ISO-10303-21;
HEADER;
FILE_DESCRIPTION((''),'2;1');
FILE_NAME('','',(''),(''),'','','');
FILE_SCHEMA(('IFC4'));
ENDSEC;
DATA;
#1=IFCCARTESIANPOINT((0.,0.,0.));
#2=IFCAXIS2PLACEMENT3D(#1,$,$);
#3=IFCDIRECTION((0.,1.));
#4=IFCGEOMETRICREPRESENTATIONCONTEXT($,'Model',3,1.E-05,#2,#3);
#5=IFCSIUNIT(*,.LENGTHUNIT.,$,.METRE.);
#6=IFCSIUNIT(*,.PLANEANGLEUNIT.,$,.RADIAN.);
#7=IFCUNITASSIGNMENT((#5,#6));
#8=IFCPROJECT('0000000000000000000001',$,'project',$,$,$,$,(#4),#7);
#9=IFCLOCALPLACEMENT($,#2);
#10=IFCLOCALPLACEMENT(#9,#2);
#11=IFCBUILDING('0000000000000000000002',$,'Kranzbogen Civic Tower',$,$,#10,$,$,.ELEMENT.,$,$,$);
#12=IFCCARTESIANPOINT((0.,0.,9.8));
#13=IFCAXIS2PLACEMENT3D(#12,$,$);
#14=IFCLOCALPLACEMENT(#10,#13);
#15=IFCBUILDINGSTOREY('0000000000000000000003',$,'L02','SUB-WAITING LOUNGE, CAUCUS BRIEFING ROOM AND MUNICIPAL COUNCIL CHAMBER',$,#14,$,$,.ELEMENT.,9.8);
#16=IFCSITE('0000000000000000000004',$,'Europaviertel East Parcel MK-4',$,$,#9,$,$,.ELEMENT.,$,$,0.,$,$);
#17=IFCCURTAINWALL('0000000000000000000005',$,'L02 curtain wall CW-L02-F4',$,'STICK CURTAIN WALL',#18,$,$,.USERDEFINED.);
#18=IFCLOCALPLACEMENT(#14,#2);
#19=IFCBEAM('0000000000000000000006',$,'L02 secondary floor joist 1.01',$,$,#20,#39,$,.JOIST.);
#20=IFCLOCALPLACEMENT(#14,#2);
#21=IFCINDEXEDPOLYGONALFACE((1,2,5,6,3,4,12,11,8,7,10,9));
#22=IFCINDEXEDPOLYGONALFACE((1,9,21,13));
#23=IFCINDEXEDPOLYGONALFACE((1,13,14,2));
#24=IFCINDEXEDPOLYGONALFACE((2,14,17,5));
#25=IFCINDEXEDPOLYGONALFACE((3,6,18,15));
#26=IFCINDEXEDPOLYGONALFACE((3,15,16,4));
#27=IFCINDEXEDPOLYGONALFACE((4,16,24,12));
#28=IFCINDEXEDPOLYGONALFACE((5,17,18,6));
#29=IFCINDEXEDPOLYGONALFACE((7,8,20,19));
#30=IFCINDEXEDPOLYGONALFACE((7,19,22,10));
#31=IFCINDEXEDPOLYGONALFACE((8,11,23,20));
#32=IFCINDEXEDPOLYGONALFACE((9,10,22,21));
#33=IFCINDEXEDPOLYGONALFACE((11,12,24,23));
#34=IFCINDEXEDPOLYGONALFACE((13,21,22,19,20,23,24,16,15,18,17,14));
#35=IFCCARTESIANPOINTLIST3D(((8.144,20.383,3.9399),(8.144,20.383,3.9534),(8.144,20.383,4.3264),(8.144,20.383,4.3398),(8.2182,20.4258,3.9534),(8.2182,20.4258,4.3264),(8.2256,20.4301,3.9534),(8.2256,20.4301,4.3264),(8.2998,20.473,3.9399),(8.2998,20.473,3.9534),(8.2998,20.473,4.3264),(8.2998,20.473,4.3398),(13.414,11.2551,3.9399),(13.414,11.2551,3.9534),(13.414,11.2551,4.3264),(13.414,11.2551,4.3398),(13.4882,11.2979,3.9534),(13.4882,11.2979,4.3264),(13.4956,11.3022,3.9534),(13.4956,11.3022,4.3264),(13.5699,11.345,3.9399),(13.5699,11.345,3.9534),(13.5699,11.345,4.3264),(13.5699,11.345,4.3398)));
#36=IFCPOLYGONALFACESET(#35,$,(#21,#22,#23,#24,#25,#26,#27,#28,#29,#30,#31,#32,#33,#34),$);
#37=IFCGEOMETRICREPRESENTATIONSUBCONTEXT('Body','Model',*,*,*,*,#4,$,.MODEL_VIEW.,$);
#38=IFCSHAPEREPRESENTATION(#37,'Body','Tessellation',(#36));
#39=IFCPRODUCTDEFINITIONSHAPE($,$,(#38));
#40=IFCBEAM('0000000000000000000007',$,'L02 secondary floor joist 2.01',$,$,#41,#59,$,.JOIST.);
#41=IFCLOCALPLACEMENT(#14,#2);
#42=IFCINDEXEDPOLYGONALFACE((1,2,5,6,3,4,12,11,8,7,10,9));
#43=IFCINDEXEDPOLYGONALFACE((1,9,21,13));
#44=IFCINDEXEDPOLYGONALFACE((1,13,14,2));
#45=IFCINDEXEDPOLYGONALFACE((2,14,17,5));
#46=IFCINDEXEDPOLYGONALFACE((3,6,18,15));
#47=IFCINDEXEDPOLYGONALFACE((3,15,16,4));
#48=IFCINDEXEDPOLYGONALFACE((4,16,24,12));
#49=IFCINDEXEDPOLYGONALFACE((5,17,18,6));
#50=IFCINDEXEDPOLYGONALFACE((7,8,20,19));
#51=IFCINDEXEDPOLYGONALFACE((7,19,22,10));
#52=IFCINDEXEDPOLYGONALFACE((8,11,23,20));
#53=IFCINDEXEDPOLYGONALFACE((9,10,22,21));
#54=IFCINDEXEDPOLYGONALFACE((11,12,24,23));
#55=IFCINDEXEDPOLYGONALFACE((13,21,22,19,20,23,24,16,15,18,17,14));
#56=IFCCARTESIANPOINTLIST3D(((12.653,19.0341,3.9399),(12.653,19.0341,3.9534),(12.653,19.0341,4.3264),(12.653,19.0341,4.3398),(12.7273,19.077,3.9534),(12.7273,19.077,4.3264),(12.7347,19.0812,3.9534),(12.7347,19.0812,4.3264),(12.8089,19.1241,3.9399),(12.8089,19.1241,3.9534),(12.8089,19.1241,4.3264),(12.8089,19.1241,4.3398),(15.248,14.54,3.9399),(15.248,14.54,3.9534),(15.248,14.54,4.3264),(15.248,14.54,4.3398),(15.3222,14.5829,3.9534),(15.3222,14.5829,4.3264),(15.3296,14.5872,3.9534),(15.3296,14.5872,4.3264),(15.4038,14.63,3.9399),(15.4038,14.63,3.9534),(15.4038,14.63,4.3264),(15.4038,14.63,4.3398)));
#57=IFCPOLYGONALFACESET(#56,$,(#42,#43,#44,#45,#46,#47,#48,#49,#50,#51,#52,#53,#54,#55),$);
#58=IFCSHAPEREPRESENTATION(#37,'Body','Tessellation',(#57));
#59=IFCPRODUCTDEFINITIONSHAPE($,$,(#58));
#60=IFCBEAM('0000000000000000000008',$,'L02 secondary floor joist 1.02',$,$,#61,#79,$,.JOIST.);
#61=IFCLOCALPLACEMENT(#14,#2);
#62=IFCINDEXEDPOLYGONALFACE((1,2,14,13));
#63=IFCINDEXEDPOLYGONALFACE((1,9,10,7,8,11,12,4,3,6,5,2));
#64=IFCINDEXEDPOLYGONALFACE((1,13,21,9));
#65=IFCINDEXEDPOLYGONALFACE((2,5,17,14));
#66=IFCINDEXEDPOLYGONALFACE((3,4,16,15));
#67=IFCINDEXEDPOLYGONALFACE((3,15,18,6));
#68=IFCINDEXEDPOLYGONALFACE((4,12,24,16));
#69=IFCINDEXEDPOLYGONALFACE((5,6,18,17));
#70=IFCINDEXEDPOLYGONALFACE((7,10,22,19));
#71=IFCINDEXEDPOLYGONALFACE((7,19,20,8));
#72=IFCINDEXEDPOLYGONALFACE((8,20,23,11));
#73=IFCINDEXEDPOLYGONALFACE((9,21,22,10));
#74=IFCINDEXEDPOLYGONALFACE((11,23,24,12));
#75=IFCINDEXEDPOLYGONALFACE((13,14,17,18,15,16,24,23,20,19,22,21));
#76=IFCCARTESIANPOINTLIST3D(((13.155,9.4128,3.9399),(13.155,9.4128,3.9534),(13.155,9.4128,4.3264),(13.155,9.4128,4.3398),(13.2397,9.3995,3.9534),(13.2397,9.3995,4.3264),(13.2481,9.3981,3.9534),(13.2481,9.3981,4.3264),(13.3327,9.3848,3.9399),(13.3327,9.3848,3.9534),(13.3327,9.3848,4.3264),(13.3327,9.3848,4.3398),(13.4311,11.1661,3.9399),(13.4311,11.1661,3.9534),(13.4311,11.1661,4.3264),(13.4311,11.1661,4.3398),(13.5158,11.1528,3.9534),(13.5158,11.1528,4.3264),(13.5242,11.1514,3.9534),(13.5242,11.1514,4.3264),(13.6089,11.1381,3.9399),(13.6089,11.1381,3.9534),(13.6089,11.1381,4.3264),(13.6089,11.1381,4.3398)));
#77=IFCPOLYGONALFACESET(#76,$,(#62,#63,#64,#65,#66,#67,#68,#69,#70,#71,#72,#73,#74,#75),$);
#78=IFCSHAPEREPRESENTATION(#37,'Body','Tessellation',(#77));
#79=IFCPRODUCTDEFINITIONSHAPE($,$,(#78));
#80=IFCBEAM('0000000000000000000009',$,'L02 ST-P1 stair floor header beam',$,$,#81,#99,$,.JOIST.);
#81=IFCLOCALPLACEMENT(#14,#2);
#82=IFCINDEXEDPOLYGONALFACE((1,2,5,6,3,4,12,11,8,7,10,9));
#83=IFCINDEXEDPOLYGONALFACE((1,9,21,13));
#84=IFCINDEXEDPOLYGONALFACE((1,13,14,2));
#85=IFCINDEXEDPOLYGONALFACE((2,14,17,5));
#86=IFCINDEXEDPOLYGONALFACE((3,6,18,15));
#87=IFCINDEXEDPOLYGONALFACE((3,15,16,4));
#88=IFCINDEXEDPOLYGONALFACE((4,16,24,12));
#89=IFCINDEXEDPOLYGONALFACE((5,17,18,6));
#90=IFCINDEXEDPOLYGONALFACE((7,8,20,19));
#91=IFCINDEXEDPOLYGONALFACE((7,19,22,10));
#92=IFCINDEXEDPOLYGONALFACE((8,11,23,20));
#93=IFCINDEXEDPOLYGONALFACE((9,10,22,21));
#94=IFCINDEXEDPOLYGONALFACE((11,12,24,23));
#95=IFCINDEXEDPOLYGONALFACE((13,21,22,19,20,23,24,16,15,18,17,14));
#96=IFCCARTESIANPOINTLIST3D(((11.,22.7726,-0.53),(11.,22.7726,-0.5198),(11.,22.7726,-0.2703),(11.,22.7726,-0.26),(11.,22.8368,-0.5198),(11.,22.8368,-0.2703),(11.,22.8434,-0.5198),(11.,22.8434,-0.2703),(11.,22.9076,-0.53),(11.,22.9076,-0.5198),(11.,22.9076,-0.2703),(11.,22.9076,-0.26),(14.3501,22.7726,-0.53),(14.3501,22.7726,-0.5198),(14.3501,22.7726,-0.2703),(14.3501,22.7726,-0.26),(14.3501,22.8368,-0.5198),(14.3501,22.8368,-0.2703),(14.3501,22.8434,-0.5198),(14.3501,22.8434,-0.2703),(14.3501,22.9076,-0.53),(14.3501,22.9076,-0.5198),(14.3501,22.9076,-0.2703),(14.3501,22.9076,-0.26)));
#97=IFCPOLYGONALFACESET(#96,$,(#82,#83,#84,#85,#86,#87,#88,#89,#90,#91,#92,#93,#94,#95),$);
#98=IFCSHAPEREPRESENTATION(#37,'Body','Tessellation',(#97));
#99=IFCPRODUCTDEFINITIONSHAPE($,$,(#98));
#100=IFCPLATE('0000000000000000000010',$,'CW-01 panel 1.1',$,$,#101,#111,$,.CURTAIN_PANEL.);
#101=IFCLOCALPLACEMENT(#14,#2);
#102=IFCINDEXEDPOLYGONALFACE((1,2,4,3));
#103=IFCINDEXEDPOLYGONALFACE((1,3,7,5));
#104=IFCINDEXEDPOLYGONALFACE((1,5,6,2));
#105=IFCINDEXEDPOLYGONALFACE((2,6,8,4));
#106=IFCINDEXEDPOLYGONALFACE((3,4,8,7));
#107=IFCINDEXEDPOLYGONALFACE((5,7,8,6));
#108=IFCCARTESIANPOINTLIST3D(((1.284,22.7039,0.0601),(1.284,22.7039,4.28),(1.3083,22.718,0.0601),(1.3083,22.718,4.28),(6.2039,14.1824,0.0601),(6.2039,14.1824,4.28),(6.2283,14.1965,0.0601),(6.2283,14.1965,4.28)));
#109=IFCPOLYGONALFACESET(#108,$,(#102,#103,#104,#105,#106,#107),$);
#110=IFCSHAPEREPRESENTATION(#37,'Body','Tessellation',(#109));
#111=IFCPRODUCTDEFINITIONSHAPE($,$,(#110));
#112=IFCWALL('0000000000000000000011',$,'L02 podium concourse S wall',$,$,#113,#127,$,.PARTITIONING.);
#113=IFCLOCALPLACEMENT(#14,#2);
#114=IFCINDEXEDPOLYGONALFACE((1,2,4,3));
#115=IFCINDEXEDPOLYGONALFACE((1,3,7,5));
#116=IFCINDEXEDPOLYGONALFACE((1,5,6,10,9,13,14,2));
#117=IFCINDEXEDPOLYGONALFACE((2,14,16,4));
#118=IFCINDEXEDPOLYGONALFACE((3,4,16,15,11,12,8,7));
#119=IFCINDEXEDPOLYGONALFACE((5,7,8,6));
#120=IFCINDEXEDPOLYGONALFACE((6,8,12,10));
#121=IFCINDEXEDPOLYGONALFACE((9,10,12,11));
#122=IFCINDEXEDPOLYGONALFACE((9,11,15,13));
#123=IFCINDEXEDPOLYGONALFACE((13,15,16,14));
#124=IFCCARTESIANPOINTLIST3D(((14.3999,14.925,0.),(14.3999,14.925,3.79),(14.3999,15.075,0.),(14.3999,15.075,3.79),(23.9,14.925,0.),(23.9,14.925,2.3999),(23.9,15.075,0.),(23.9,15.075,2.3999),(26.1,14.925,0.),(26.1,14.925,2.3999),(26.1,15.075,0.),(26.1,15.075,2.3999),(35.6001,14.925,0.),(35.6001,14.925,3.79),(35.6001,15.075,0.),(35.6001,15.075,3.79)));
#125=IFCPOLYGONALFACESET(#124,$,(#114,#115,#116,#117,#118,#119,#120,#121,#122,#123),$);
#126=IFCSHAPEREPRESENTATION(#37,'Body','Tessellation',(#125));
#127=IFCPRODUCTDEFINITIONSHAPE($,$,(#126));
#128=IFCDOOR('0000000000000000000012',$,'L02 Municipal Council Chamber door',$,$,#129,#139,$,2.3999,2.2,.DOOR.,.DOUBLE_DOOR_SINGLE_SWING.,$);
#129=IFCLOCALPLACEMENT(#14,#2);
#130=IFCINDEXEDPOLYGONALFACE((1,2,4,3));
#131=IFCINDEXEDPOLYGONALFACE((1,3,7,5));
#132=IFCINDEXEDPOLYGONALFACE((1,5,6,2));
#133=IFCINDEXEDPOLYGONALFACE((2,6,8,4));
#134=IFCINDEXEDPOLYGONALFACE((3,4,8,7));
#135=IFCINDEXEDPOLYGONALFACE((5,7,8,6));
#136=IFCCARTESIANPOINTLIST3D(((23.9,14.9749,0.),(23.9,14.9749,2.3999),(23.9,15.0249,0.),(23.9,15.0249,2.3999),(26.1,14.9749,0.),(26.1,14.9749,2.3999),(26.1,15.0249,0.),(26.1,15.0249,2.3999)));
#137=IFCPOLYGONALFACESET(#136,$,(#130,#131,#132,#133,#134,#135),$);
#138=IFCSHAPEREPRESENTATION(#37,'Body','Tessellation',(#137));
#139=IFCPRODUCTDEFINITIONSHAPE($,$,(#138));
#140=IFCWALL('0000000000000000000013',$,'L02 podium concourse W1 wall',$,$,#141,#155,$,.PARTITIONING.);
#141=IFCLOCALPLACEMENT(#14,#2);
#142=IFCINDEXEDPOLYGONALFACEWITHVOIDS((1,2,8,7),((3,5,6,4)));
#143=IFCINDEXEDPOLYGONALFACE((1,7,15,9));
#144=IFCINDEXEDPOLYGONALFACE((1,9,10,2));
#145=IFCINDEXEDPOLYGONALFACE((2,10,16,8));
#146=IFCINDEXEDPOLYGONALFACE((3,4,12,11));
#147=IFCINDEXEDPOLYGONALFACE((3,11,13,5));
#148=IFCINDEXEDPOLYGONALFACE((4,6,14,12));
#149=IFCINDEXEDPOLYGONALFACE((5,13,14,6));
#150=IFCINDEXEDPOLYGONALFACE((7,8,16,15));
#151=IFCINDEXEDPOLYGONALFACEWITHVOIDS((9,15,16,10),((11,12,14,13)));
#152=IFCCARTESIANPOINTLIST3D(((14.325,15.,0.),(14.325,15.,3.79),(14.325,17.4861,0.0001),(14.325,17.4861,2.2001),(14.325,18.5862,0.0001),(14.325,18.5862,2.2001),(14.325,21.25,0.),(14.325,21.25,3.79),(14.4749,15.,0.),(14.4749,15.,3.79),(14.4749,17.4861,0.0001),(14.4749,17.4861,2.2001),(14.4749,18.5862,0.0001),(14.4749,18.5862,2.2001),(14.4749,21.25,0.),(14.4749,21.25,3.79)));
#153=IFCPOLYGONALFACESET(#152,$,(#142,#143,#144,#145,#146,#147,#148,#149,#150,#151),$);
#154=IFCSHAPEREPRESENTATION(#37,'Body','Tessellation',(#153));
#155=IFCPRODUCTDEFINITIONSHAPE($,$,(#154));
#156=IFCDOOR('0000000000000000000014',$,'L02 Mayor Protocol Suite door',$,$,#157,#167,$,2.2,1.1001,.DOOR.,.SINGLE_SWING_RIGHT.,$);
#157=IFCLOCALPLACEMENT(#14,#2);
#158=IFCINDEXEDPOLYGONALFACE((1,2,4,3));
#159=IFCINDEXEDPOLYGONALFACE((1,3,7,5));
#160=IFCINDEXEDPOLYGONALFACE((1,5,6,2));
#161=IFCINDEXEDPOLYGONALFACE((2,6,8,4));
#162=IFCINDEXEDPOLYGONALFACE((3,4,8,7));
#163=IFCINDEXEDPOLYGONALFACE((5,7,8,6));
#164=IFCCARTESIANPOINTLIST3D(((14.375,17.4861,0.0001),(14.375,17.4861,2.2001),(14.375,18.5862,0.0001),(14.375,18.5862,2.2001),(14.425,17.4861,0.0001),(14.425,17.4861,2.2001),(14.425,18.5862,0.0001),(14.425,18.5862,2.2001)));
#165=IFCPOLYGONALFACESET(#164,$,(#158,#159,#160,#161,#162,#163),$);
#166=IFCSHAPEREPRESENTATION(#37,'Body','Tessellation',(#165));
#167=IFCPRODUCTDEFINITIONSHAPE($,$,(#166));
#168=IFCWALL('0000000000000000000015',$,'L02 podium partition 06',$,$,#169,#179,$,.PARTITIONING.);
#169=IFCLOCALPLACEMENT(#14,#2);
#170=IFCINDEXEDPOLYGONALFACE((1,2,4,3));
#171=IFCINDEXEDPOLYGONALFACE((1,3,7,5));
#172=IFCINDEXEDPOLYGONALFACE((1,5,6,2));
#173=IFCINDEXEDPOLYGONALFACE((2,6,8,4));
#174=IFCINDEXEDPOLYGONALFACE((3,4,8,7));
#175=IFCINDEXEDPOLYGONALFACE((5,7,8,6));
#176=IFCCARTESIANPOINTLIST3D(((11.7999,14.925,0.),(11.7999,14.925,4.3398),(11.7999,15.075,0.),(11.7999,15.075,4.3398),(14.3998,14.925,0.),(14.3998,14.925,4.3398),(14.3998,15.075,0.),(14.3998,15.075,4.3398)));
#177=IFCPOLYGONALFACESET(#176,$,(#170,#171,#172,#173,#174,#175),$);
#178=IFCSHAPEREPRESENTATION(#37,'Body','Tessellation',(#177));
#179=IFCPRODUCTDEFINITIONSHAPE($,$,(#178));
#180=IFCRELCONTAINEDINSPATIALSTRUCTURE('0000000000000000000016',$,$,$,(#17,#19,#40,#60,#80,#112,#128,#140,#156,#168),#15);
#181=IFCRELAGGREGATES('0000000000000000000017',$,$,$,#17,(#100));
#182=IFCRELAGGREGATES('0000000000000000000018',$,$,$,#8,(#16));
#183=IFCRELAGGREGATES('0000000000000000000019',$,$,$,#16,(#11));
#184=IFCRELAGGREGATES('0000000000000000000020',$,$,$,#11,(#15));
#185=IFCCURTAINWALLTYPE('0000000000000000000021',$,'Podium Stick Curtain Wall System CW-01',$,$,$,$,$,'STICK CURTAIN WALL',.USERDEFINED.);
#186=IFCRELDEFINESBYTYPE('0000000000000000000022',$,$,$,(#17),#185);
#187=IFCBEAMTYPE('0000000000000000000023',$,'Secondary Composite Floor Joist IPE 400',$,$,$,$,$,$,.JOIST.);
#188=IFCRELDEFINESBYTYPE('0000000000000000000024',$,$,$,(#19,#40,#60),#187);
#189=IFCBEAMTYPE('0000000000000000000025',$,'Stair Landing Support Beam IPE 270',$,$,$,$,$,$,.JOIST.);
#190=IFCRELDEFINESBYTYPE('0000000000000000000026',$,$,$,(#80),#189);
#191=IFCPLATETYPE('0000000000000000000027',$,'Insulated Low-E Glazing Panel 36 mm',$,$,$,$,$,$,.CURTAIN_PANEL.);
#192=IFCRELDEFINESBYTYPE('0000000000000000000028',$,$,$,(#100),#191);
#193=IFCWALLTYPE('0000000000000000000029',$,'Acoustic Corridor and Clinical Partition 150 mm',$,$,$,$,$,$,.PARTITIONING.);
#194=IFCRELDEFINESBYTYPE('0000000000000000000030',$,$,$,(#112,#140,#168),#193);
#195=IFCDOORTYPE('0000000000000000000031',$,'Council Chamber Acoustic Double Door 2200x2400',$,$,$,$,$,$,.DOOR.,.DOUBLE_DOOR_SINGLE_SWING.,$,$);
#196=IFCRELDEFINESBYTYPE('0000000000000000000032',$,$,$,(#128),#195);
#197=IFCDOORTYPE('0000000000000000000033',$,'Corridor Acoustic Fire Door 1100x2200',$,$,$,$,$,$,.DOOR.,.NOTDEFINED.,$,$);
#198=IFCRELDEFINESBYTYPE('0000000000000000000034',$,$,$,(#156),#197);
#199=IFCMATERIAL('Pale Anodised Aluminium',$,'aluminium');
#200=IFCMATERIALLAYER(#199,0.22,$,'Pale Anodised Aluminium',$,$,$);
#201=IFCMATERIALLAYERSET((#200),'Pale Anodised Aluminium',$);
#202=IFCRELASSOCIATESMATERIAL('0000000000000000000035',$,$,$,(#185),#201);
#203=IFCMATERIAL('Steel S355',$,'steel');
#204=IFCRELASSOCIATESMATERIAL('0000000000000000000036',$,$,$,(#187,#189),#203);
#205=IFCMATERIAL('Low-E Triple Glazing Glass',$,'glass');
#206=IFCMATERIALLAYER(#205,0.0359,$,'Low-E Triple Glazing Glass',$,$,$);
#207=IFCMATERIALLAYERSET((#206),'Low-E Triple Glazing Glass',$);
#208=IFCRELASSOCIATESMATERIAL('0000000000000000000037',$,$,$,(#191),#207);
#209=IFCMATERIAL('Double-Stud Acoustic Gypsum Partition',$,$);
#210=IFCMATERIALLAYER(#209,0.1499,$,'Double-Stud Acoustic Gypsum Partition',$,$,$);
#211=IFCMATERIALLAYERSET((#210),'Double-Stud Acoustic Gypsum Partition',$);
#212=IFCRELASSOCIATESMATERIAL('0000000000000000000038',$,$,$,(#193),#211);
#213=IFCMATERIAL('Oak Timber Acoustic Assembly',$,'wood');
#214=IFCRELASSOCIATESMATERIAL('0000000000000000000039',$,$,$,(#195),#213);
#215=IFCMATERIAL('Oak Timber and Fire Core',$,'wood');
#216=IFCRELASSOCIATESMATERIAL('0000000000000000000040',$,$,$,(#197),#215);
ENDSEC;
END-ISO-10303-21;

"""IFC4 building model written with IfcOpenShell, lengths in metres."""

from ifc_helpers import new_model, si_unit, direction, frame, frame_2d, origin, origin_2d, place, context, subcontext, project, spatial, rectangle, i_section, extrude, material, layer, layer_set, material_profile, profile_set, type_object, element, fill, aggregate, save


model = new_model("IFC4")

# Units and contexts
model_context = context("Model", 3, precision=1e-05, world=origin(), true_north=direction((0.0, 1.0)))
body_context = subcontext(model_context, "Body", "Model", "MODEL_VIEW")
ifc_project = project(units=[si_unit("LENGTHUNIT", "METRE"), si_unit("PLANEANGLEUNIT", "RADIAN")], contexts=[model_context])

# Site, building, storey
site_placement = place(None, origin())
site = spatial("IfcSite", under=ifc_project, at=site_placement, Name="Europaviertel East Parcel MK-4", CompositionType="ELEMENT", RefElevation=0.0)
building_placement = place(site_placement, origin())
building = spatial("IfcBuilding", under=site, at=building_placement, Name="Kranzbogen Civic Tower", CompositionType="ELEMENT")
storey_placement = place(building_placement, frame((0.0, 0.0, 9.8)))
storey = spatial("IfcBuildingStorey", under=building, at=storey_placement, Name="L02", Description="SUB-WAITING LOUNGE, CAUCUS BRIEFING ROOM AND MUNICIPAL COUNCIL CHAMBER", CompositionType="ELEMENT", Elevation=9.8)

# Shared definitions
ifc_material_1 = material(Name="Pale Anodised Aluminium", Category="aluminium")

# Curtain wall
ifc_layer_1 = layer(ifc_material_1, 0.22, Name="Pale Anodised Aluminium")
ifc_layer_set_1 = layer_set([ifc_layer_1], Name="Pale Anodised Aluminium")
curtain_wall_type_1 = type_object("IfcCurtainWallType", Name="Podium Stick Curtain Wall System CW-01", ElementType="STICK CURTAIN WALL", PredefinedType="USERDEFINED", material=ifc_layer_set_1)
curtain_wall_1_placement = place(storey_placement, origin())
curtain_wall_1 = element("IfcCurtainWall", 1, at=curtain_wall_1_placement, inside=storey, type_object=curtain_wall_type_1, Name="L02 curtain wall CW-L02-F4", ObjectType="STICK CURTAIN WALL", PredefinedType="USERDEFINED")

# Beams
ifc_material_2 = material(Name="Steel S355", Category="steel")
ifc_material_profile_1 = material_profile(ifc_material_2, i_section(OverallWidth=0.1799, OverallDepth=0.3999, WebThickness=0.0085, FlangeThickness=0.0134, at=origin_2d()), Name="IPE 400")
ifc_profile_set_1 = profile_set([ifc_material_profile_1], Name="Steel S355")
beam_type_1 = type_object("IfcBeamType", Name="Secondary Composite Floor Joist IPE 400", PredefinedType="JOIST", material=ifc_profile_set_1)
beam_1_placement = place(storey_placement, frame((8.2219, 20.428, 4.1399), z_axis=(0.5, -0.866025, 0.0), x_axis=(0.866025, 0.5, 0.0)))
element("IfcBeam", 2, at=beam_1_placement, inside=storey, type_object=beam_type_1, Name="L02 secondary floor joist 1.01", PredefinedType="JOIST", context=body_context, shape_type="SweptSolid", body=[
    extrude(i_section(OverallWidth=0.1799, OverallDepth=0.3999, WebThickness=0.0085, FlangeThickness=0.0134, at=origin_2d()), origin(), (0.0, 0.0, 1.0), 10.54),
])
beam_2_placement = place(storey_placement, frame((12.731, 19.0791, 4.1399), z_axis=(0.50004, -0.866002, 0.0), x_axis=(0.866002, 0.50004, 0.0)))
element("IfcBeam", 3, at=beam_2_placement, inside=storey, type_object=beam_type_1, Name="L02 secondary floor joist 2.01", PredefinedType="JOIST", context=body_context, shape_type="SweptSolid", body=[
    extrude(i_section(OverallWidth=0.1799, OverallDepth=0.3999, WebThickness=0.0085, FlangeThickness=0.0134, at=origin_2d()), origin(), (0.0, 0.0, 1.0), 5.1895),
])
beam_3_placement = place(storey_placement, frame((13.52, 11.1521, 4.1399), z_axis=(-0.155581, -0.987823, 0.0), x_axis=(0.987823, -0.155581, 0.0)))
element("IfcBeam", 4, at=beam_3_placement, inside=storey, type_object=beam_type_1, Name="L02 secondary floor joist 1.02", PredefinedType="JOIST", context=body_context, shape_type="SweptSolid", body=[
    extrude(i_section(OverallWidth=0.1799, OverallDepth=0.3999, WebThickness=0.0085, FlangeThickness=0.0134, at=origin_2d()), origin(), (0.0, 0.0, 1.0), 1.7749),
])
ifc_material_profile_2 = material_profile(ifc_material_2, i_section(OverallWidth=0.135, OverallDepth=0.27, WebThickness=0.0066, FlangeThickness=0.0103, at=origin_2d()), Name="IPE 270")
ifc_profile_set_2 = profile_set([ifc_material_profile_2], Name="Steel S355")
beam_type_2 = type_object("IfcBeamType", Name="Stair Landing Support Beam IPE 270", PredefinedType="JOIST", material=ifc_profile_set_2)
beam_4_placement = place(storey_placement, frame((14.3501, 22.8401, -0.395), z_axis=(-1.0, 0.0, 0.0), x_axis=(0.0, -1.0, 0.0)))
element("IfcBeam", 5, at=beam_4_placement, inside=storey, type_object=beam_type_2, Name="L02 ST-P1 stair floor header beam", PredefinedType="JOIST", context=body_context, shape_type="SweptSolid", body=[
    extrude(i_section(OverallWidth=0.135, OverallDepth=0.27, WebThickness=0.0066, FlangeThickness=0.0103, at=origin_2d()), origin(), (0.0, 0.0, 1.0), 3.3501),
])

# Plate
ifc_material_3 = material(Name="Low-E Triple Glazing Glass", Category="glass")
ifc_layer_2 = layer(ifc_material_3, 0.0359, Name="Low-E Triple Glazing Glass")
ifc_layer_set_2 = layer_set([ifc_layer_2], Name="Low-E Triple Glazing Glass")
plate_type = type_object("IfcPlateType", Name="Insulated Low-E Glazing Panel 36 mm", PredefinedType="CURTAIN_PANEL", material=ifc_layer_set_2)
plate_placement = place(storey_placement, frame((3.7561, 18.4502, 0.0601), z_axis=(0.0, 0.0, 1.0), x_axis=(0.500006, -0.866022, 0.0)))
plate = element("IfcPlate", 6, at=plate_placement, type_object=plate_type, Name="CW-01 panel 1.1", PredefinedType="CURTAIN_PANEL", context=body_context, shape_type="SweptSolid", body=[
    extrude(rectangle(XDim=9.8398, YDim=0.0281, at=origin_2d()), origin(), (0.0, 0.0, 1.0), 4.22),
])
aggregate(curtain_wall_1, [plate])

# Walls, openings, doors
ifc_material_4 = material(Name="Double-Stud Acoustic Gypsum Partition")
ifc_layer_3 = layer(ifc_material_4, 0.1499, Name="Double-Stud Acoustic Gypsum Partition")
ifc_layer_set_3 = layer_set([ifc_layer_3], Name="Double-Stud Acoustic Gypsum Partition")
wall_type_1 = type_object("IfcWallType", Name="Acoustic Corridor and Clinical Partition 150 mm", PredefinedType="PARTITIONING", material=ifc_layer_set_3)
wall_1_placement = place(storey_placement, frame((14.3999, 15.0, 0.0), z_axis=(0.0, 0.0, 1.0), x_axis=(1.0, 0.0, 0.0)))
wall_1 = element("IfcWall", 7, at=wall_1_placement, inside=storey, type_object=wall_type_1, Name="L02 podium concourse S wall", PredefinedType="PARTITIONING", context=body_context, shape_type="SweptSolid", body=[
    extrude(rectangle(XDim=21.2002, YDim=0.1499, at=frame_2d((10.6001, 0.0))), origin(), (0.0, 0.0, 1.0), 3.79),
])
opening_1_placement = place(wall_1_placement, frame((9.5, 0.0, 0.0)))
opening_1 = element("IfcOpeningElement", 8, at=opening_1_placement, cuts=wall_1, PredefinedType="OPENING", context=body_context, shape_type="SweptSolid", body=[
    extrude(rectangle(XDim=2.2, YDim=2.3999, at=frame_2d((1.1001, 1.2))), frame((0.0, 0.085, 0.0), z_axis=(0.0, -1.0, 0.0), x_axis=(1.0, 0.0, 0.0)), (0.0, 0.0, 1.0), 0.1699),
])
ifc_material_5 = material(Name="Oak Timber Acoustic Assembly", Category="wood")
door_type_1 = type_object("IfcDoorType", Name="Council Chamber Acoustic Double Door 2200x2400", OperationType="DOUBLE_DOOR_SINGLE_SWING", PredefinedType="DOOR", material=ifc_material_5)
door_1_placement = place(opening_1_placement, origin())
door_1 = element("IfcDoor", 9, at=door_1_placement, inside=storey, type_object=door_type_1, Name="L02 Municipal Council Chamber door", OperationType="DOUBLE_DOOR_SINGLE_SWING", OverallHeight=2.3999, OverallWidth=2.2, PredefinedType="DOOR", context=body_context, shape_type="SweptSolid", body=[
    extrude(rectangle(XDim=2.2, YDim=2.3999, at=frame_2d((1.1001, 1.2))), frame((0.0, 0.0249, 0.0), z_axis=(0.0, -1.0, 0.0), x_axis=(1.0, 0.0, 0.0)), (0.0, 0.0, 1.0), 0.05),
])
fill(opening_1, door_1)
wall_2_placement = place(storey_placement, frame((14.3999, 15.0, 0.0), z_axis=(0.0, 0.0, 1.0), x_axis=(0.0, 1.0, 0.0)))
wall_2 = element("IfcWall", 10, at=wall_2_placement, inside=storey, type_object=wall_type_1, Name="L02 podium concourse W1 wall", PredefinedType="PARTITIONING", context=body_context, shape_type="SweptSolid", body=[
    extrude(rectangle(XDim=6.25, YDim=0.1499, at=frame_2d((3.125, 0.0))), origin(), (0.0, 0.0, 1.0), 3.79),
])
opening_2_placement = place(wall_2_placement, frame((2.4861, 0.0, 0.0)))
opening_2 = element("IfcOpeningElement", 11, at=opening_2_placement, cuts=wall_2, PredefinedType="OPENING", context=body_context, shape_type="SweptSolid", body=[
    extrude(rectangle(XDim=1.1001, YDim=2.2, at=frame_2d((0.55, 1.1001))), frame((0.0, 0.085, 0.0), z_axis=(0.0, -1.0, 0.0), x_axis=(1.0, 0.0, 0.0)), (0.0, 0.0, 1.0), 0.1699),
])
ifc_material_6 = material(Name="Oak Timber and Fire Core", Category="wood")
door_type_2 = type_object("IfcDoorType", Name="Corridor Acoustic Fire Door 1100x2200", OperationType="NOTDEFINED", PredefinedType="DOOR", material=ifc_material_6)
door_2_placement = place(opening_2_placement, origin())
door_2 = element("IfcDoor", 12, at=door_2_placement, inside=storey, type_object=door_type_2, Name="L02 Mayor Protocol Suite door", OperationType="SINGLE_SWING_RIGHT", OverallHeight=2.2, OverallWidth=1.1001, PredefinedType="DOOR", context=body_context, shape_type="SweptSolid", body=[
    extrude(rectangle(XDim=1.1001, YDim=2.2, at=frame_2d((0.55, 1.1001))), frame((0.0, 0.0249, 0.0), z_axis=(0.0, -1.0, 0.0), x_axis=(1.0, 0.0, 0.0)), (0.0, 0.0, 1.0), 0.05),
])
fill(opening_2, door_2)

# Wall
wall_3_placement = place(storey_placement, frame((11.8, 15.0, 0.0), z_axis=(0.0, 0.0, 1.0), x_axis=(1.0, 0.0, 0.0)))
element("IfcWall", 13, at=wall_3_placement, inside=storey, type_object=wall_type_1, Name="L02 podium partition 06", PredefinedType="PARTITIONING", context=body_context, shape_type="SweptSolid", body=[
    extrude(rectangle(XDim=2.5999, YDim=0.1499, at=frame_2d((1.2998, 0.0))), origin(), (0.0, 0.0, 1.0), 4.3398),
])

save(model, "model.ifc")
